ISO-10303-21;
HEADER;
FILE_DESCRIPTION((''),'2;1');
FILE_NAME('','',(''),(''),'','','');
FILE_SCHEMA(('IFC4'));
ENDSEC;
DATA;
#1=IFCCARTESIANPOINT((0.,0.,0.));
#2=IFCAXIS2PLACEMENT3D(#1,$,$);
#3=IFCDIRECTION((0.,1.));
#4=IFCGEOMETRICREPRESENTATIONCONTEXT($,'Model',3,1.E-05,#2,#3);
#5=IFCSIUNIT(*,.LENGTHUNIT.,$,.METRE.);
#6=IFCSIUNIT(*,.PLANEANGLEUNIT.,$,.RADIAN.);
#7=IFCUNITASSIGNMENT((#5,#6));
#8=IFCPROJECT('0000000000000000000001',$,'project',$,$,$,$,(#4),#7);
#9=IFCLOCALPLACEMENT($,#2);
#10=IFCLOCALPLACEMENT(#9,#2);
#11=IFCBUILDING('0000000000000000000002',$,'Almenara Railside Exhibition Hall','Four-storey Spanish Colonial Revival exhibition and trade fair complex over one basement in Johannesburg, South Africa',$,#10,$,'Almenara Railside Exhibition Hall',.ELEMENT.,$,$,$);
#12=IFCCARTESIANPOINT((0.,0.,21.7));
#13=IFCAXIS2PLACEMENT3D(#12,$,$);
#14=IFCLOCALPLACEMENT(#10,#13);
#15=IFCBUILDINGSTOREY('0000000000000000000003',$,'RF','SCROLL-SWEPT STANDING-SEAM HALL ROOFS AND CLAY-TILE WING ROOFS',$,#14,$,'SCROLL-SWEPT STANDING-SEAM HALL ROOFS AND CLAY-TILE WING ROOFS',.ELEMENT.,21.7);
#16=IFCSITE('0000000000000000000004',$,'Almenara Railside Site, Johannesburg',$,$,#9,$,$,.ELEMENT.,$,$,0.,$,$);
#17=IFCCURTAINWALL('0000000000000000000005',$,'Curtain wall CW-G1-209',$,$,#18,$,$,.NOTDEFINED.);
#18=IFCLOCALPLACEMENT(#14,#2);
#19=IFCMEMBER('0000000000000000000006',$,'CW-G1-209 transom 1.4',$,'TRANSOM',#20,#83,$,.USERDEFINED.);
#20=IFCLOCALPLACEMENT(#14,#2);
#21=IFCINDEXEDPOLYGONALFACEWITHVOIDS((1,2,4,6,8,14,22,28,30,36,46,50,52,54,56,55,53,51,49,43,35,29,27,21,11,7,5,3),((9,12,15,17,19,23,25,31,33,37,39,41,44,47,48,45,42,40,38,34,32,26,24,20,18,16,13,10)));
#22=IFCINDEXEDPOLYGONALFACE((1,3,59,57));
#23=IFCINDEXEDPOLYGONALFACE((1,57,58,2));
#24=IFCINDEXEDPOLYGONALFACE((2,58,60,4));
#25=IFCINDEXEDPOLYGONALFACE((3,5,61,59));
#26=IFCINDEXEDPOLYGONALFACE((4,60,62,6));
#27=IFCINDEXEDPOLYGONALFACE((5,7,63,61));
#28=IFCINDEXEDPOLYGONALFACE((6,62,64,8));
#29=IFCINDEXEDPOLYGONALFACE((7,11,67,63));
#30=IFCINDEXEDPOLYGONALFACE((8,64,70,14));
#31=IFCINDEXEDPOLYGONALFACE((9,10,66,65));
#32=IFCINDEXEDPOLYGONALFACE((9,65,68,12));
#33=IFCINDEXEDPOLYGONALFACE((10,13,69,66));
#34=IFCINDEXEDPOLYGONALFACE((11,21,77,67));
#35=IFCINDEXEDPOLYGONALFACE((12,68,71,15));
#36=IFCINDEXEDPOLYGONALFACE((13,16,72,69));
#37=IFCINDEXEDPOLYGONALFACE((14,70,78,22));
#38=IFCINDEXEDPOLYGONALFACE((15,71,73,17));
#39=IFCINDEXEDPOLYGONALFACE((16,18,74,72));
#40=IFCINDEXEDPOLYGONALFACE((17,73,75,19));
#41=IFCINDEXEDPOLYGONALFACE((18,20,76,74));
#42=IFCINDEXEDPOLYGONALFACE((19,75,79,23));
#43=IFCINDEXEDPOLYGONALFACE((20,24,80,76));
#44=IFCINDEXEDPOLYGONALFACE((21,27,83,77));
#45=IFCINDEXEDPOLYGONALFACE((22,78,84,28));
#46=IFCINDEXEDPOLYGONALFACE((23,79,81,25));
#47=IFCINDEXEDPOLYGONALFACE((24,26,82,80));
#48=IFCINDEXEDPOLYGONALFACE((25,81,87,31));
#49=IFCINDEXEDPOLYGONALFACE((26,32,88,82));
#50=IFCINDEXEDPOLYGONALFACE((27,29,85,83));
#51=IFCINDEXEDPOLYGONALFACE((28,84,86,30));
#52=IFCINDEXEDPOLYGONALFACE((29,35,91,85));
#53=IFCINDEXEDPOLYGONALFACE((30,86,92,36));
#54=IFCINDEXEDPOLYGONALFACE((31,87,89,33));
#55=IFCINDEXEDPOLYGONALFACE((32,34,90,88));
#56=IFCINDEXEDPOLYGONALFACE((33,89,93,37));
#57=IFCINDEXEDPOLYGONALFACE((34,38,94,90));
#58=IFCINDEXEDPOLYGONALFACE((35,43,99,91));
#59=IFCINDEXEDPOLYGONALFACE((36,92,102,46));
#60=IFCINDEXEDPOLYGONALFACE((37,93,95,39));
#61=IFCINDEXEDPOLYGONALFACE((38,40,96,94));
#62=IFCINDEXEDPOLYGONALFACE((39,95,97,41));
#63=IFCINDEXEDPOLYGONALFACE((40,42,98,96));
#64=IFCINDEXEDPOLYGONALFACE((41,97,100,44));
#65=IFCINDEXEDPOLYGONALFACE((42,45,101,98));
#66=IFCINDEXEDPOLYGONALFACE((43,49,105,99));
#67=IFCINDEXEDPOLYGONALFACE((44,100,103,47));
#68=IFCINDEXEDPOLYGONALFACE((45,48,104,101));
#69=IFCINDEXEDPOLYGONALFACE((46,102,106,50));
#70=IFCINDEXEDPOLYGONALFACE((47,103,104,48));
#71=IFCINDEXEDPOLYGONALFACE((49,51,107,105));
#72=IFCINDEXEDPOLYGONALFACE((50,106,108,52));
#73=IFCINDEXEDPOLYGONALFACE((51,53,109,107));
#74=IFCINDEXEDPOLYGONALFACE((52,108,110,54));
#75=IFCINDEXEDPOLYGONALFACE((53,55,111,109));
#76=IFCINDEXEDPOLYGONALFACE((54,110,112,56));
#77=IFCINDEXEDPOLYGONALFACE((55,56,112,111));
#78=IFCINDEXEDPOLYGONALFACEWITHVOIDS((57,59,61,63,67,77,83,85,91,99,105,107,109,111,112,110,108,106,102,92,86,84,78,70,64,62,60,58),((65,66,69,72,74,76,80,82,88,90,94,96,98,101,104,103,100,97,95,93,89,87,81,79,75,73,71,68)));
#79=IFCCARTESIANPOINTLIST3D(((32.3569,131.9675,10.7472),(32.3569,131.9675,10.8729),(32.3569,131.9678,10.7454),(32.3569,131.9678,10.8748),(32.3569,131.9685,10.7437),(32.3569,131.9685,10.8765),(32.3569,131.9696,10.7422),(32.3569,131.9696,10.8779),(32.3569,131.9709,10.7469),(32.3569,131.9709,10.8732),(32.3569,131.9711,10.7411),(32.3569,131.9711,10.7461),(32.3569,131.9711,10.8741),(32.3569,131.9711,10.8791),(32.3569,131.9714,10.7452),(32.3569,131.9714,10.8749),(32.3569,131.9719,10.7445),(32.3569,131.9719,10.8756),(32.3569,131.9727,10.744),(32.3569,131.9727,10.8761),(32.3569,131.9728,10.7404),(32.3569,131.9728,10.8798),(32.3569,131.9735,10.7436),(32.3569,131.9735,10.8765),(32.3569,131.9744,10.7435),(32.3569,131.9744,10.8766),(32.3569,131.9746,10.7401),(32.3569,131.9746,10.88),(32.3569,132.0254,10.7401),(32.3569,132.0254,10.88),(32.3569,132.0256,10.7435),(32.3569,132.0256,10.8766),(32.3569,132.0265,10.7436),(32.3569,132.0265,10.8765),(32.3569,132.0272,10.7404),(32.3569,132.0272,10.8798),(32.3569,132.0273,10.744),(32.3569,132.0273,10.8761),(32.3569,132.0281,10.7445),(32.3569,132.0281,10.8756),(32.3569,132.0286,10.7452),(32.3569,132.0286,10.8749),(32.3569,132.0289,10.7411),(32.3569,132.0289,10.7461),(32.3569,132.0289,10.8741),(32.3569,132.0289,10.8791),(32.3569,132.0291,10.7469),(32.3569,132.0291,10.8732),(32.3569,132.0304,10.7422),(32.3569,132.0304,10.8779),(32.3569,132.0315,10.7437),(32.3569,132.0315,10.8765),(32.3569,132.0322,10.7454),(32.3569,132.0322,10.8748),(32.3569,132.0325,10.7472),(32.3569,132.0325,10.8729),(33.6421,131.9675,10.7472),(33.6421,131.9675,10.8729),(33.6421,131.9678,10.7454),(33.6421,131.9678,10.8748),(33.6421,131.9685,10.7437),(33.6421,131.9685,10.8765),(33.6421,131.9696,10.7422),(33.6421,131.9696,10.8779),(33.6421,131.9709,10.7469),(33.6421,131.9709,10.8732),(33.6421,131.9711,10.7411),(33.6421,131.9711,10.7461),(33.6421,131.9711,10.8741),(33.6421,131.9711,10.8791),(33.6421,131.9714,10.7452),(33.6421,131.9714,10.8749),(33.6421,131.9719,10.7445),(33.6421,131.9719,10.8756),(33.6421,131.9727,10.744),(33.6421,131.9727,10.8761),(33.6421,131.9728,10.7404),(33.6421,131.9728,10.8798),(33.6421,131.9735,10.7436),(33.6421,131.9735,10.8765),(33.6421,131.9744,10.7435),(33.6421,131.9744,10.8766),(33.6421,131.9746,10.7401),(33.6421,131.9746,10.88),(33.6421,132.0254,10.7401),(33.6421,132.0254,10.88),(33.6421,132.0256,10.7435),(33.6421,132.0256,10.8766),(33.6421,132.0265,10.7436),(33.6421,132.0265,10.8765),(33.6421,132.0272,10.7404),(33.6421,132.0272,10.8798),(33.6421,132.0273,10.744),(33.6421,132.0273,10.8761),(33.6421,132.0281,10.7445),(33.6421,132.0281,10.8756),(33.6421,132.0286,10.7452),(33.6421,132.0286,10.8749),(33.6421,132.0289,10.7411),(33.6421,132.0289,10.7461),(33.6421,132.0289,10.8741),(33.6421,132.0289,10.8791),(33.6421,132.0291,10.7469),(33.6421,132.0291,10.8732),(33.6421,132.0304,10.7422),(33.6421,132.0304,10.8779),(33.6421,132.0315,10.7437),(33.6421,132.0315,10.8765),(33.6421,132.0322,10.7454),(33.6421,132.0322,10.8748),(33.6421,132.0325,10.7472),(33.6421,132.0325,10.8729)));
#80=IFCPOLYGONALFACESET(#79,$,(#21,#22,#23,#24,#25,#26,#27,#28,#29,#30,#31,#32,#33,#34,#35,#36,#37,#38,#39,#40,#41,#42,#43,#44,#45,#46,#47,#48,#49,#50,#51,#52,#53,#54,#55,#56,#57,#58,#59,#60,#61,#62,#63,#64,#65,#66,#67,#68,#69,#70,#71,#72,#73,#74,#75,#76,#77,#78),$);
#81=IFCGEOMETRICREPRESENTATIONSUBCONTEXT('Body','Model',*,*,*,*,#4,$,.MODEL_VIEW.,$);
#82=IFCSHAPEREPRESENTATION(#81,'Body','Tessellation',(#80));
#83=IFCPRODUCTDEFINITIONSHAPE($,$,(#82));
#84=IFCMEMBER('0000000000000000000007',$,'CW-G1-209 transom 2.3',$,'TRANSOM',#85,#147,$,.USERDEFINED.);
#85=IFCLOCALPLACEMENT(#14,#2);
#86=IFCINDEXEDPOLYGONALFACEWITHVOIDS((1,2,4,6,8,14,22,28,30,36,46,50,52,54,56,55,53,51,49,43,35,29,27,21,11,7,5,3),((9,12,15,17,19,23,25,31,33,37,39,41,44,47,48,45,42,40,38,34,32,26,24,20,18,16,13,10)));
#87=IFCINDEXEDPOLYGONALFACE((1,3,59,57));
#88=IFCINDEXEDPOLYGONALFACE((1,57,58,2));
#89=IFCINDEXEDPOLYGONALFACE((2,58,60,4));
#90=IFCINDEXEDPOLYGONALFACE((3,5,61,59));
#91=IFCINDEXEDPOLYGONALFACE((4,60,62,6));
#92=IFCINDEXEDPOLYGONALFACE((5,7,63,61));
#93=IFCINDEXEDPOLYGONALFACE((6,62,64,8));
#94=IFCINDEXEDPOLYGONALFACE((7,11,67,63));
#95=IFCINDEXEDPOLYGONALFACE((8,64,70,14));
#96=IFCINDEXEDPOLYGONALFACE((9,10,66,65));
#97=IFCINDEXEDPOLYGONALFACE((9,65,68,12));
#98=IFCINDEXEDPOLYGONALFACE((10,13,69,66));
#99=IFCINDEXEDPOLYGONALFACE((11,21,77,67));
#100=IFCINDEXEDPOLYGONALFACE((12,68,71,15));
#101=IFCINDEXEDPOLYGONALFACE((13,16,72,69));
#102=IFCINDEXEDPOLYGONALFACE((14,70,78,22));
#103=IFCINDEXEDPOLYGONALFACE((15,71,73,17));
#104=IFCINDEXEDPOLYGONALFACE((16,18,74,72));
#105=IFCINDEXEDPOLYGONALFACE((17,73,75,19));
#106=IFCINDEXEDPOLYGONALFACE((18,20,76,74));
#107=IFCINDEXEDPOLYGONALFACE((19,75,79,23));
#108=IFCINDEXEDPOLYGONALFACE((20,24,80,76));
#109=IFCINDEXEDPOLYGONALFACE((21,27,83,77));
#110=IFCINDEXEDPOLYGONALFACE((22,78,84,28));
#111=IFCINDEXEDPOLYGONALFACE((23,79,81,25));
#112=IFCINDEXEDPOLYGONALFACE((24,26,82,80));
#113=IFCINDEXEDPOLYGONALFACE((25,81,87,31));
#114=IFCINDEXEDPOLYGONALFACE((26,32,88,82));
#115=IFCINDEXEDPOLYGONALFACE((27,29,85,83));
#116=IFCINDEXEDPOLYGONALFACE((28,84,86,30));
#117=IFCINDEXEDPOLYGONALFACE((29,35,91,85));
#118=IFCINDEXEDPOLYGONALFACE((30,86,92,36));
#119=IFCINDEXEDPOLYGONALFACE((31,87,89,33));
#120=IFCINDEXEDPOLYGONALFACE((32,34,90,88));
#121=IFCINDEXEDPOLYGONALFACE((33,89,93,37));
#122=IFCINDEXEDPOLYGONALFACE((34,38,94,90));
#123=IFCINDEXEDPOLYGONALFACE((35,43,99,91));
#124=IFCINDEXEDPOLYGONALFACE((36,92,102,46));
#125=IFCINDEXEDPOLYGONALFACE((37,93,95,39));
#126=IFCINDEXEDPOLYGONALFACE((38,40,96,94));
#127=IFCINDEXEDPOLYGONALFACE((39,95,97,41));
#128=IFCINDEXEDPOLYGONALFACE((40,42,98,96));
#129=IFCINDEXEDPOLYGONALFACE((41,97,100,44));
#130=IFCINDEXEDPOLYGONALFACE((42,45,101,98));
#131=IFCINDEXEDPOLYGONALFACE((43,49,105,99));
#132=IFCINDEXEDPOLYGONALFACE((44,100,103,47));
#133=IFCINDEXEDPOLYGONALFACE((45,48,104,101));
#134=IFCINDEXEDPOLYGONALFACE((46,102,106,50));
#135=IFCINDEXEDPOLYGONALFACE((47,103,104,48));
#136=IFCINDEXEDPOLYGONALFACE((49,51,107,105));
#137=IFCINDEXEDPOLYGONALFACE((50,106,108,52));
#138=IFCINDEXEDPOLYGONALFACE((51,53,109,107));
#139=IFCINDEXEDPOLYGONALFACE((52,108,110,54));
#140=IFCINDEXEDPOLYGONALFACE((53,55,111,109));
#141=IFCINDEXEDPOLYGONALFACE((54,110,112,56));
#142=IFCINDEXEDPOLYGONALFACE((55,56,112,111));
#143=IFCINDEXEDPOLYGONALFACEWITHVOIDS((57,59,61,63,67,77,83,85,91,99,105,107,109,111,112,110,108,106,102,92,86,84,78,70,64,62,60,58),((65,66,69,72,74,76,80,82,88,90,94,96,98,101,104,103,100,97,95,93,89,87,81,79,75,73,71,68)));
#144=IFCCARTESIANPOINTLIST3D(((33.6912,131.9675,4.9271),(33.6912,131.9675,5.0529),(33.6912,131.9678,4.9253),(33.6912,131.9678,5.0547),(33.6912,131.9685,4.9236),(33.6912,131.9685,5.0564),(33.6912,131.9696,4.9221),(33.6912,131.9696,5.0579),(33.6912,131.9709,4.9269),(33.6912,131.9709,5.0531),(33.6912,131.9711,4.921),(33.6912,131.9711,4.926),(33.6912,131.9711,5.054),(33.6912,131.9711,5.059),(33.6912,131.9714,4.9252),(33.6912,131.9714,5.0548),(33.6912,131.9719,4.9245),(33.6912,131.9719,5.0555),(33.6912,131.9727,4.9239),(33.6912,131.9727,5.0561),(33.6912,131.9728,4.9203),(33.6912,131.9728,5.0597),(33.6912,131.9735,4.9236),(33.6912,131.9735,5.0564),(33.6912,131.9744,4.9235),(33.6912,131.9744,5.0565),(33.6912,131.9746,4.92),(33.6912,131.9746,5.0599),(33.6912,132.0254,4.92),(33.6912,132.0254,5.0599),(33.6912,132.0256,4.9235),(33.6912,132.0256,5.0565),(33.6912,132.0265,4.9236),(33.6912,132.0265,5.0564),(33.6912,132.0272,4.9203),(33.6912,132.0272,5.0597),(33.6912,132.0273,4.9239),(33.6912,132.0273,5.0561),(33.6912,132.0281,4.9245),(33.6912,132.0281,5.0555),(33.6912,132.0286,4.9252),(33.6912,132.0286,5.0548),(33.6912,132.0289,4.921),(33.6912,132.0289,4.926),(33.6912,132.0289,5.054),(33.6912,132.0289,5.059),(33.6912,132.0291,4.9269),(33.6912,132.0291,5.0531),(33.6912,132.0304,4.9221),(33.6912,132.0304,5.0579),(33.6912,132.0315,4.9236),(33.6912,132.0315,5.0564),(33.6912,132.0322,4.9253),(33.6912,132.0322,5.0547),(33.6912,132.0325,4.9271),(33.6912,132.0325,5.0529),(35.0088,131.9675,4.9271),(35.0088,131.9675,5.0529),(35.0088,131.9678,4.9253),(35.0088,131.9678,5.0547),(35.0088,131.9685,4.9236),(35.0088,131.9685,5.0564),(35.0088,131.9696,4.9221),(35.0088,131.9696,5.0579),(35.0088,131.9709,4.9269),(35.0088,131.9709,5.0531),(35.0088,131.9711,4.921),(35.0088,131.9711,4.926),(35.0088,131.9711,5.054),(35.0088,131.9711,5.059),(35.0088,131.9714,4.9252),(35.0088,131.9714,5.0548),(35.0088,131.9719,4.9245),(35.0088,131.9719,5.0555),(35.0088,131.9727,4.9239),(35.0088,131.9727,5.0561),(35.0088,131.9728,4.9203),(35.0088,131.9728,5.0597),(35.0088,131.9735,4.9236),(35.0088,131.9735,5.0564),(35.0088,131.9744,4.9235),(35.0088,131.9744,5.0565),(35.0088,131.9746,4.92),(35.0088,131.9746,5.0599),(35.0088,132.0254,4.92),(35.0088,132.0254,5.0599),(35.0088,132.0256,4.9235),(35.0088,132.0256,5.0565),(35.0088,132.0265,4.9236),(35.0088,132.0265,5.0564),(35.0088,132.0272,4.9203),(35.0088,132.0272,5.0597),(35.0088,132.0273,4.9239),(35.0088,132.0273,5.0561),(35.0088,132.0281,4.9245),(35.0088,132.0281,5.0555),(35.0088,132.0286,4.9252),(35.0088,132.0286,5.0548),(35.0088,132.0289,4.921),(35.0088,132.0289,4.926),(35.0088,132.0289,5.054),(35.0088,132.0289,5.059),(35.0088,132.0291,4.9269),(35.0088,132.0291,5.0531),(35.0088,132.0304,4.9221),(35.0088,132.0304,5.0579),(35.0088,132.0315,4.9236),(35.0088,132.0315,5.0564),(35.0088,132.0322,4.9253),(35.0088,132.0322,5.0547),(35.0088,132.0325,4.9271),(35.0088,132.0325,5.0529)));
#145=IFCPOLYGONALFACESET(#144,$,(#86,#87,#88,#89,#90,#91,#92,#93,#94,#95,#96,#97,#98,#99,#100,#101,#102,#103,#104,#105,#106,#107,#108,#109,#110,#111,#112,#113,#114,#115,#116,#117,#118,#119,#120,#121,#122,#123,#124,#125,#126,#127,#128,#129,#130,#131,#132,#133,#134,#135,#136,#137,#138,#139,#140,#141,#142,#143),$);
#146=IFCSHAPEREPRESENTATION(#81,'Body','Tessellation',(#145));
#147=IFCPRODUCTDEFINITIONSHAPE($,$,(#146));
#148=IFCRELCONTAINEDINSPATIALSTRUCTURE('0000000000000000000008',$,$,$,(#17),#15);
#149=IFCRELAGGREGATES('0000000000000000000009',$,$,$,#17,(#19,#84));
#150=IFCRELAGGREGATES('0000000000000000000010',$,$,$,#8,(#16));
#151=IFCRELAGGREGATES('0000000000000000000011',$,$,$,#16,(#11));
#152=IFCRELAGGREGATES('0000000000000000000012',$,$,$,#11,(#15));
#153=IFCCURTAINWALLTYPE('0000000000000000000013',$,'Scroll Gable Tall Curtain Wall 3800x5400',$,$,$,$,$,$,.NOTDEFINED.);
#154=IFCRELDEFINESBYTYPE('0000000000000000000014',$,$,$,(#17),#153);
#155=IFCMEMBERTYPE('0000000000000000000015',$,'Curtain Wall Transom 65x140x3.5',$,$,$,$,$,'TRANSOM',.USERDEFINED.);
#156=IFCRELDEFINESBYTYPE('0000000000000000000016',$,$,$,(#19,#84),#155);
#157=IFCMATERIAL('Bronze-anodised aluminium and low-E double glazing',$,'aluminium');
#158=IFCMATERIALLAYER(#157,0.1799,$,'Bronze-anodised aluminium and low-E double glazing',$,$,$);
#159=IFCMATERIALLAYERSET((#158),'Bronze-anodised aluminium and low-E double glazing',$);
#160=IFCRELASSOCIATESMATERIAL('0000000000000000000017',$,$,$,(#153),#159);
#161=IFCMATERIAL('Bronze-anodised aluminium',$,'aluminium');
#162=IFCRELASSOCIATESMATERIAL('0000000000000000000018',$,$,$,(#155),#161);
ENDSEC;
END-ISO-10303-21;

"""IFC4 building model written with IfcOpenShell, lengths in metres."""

from ifc_helpers import new_model, si_unit, direction, frame, origin, origin_2d, place, context, subcontext, project, spatial, hollow_rectangle, extrude, material, layer, layer_set, material_profile, profile_set, type_object, element, aggregate, save


model = new_model("IFC4")

# Units and contexts
model_context = context("Model", 3, precision=1e-05, world=origin(), true_north=direction((0.0, 1.0)))
body_context = subcontext(model_context, "Body", "Model", "MODEL_VIEW")
ifc_project = project(units=[si_unit("LENGTHUNIT", "METRE"), si_unit("PLANEANGLEUNIT", "RADIAN")], contexts=[model_context])

# Site, building, storey
site_placement = place(None, origin())
site = spatial("IfcSite", under=ifc_project, at=site_placement, Name="Almenara Railside Site, Johannesburg", CompositionType="ELEMENT", RefElevation=0.0)
building_placement = place(site_placement, origin())
building = spatial("IfcBuilding", under=site, at=building_placement, Name="Almenara Railside Exhibition Hall", Description="Four-storey Spanish Colonial Revival exhibition and trade fair complex over one basement in Johannesburg, South Africa", LongName="Almenara Railside Exhibition Hall", CompositionType="ELEMENT")
storey_placement = place(building_placement, frame((0.0, 0.0, 21.7)))
storey = spatial("IfcBuildingStorey", under=building, at=storey_placement, Name="RF", Description="SCROLL-SWEPT STANDING-SEAM HALL ROOFS AND CLAY-TILE WING ROOFS", LongName="SCROLL-SWEPT STANDING-SEAM HALL ROOFS AND CLAY-TILE WING ROOFS", CompositionType="ELEMENT", Elevation=21.7)

# Curtain wall, members
ifc_material_1 = material(Name="Bronze-anodised aluminium and low-E double glazing", Category="aluminium")
ifc_layer_1 = layer(ifc_material_1, 0.1799, Name="Bronze-anodised aluminium and low-E double glazing")
ifc_layer_set_1 = layer_set([ifc_layer_1], Name="Bronze-anodised aluminium and low-E double glazing")
curtain_wall_type = type_object("IfcCurtainWallType", Name="Scroll Gable Tall Curtain Wall 3800x5400", PredefinedType="NOTDEFINED", material=ifc_layer_set_1)
ifc_material_2 = material(Name="Bronze-anodised aluminium", Category="aluminium")
curtain_wall_1_placement = place(storey_placement, origin())
curtain_wall_1 = element("IfcCurtainWall", 1, at=curtain_wall_1_placement, inside=storey, type_object=curtain_wall_type, Name="Curtain wall CW-G1-209", PredefinedType="NOTDEFINED")
ifc_material_profile_1 = material_profile(ifc_material_2, hollow_rectangle(XDim=0.0649, YDim=0.1399, WallThickness=0.0034, InnerFilletRadius=0.0034, OuterFilletRadius=0.0071, at=origin_2d()), Name="ALU-TRN 65x140x3.5")
ifc_profile_set_1 = profile_set([ifc_material_profile_1], Name="Bronze-anodised aluminium")
member_type_1 = type_object("IfcMemberType", Name="Curtain Wall Transom 65x140x3.5", ElementType="TRANSOM", PredefinedType="USERDEFINED", material=ifc_profile_set_1)
member_1_placement = place(storey_placement, frame((32.3569, 132.0, 10.8101), z_axis=(1.0, 0.0, 0.0), x_axis=(0.0, 1.0, 0.0)))
member_1 = element("IfcMember", 2, at=member_1_placement, type_object=member_type_1, Name="CW-G1-209 transom 1.4", ObjectType="TRANSOM", PredefinedType="USERDEFINED", context=body_context, shape_type="SweptSolid", body=[
    extrude(hollow_rectangle(XDim=0.0649, YDim=0.1399, WallThickness=0.0034, InnerFilletRadius=0.0034, OuterFilletRadius=0.0071, at=origin_2d()), origin(), (0.0, 0.0, 1.0), 1.2852),
])
member_2_placement = place(storey_placement, frame((33.6912, 132.0, 4.99), z_axis=(1.0, 0.0, 0.0), x_axis=(0.0, 1.0, 0.0)))
member_2 = element("IfcMember", 3, at=member_2_placement, type_object=member_type_1, Name="CW-G1-209 transom 2.3", ObjectType="TRANSOM", PredefinedType="USERDEFINED", context=body_context, shape_type="SweptSolid", body=[
    extrude(hollow_rectangle(XDim=0.0649, YDim=0.1399, WallThickness=0.0034, InnerFilletRadius=0.0034, OuterFilletRadius=0.0071, at=origin_2d()), origin(), (0.0, 0.0, 1.0), 1.3176),
])

aggregate(curtain_wall_1, [member_1, member_2])

save(model, "model.ifc")
